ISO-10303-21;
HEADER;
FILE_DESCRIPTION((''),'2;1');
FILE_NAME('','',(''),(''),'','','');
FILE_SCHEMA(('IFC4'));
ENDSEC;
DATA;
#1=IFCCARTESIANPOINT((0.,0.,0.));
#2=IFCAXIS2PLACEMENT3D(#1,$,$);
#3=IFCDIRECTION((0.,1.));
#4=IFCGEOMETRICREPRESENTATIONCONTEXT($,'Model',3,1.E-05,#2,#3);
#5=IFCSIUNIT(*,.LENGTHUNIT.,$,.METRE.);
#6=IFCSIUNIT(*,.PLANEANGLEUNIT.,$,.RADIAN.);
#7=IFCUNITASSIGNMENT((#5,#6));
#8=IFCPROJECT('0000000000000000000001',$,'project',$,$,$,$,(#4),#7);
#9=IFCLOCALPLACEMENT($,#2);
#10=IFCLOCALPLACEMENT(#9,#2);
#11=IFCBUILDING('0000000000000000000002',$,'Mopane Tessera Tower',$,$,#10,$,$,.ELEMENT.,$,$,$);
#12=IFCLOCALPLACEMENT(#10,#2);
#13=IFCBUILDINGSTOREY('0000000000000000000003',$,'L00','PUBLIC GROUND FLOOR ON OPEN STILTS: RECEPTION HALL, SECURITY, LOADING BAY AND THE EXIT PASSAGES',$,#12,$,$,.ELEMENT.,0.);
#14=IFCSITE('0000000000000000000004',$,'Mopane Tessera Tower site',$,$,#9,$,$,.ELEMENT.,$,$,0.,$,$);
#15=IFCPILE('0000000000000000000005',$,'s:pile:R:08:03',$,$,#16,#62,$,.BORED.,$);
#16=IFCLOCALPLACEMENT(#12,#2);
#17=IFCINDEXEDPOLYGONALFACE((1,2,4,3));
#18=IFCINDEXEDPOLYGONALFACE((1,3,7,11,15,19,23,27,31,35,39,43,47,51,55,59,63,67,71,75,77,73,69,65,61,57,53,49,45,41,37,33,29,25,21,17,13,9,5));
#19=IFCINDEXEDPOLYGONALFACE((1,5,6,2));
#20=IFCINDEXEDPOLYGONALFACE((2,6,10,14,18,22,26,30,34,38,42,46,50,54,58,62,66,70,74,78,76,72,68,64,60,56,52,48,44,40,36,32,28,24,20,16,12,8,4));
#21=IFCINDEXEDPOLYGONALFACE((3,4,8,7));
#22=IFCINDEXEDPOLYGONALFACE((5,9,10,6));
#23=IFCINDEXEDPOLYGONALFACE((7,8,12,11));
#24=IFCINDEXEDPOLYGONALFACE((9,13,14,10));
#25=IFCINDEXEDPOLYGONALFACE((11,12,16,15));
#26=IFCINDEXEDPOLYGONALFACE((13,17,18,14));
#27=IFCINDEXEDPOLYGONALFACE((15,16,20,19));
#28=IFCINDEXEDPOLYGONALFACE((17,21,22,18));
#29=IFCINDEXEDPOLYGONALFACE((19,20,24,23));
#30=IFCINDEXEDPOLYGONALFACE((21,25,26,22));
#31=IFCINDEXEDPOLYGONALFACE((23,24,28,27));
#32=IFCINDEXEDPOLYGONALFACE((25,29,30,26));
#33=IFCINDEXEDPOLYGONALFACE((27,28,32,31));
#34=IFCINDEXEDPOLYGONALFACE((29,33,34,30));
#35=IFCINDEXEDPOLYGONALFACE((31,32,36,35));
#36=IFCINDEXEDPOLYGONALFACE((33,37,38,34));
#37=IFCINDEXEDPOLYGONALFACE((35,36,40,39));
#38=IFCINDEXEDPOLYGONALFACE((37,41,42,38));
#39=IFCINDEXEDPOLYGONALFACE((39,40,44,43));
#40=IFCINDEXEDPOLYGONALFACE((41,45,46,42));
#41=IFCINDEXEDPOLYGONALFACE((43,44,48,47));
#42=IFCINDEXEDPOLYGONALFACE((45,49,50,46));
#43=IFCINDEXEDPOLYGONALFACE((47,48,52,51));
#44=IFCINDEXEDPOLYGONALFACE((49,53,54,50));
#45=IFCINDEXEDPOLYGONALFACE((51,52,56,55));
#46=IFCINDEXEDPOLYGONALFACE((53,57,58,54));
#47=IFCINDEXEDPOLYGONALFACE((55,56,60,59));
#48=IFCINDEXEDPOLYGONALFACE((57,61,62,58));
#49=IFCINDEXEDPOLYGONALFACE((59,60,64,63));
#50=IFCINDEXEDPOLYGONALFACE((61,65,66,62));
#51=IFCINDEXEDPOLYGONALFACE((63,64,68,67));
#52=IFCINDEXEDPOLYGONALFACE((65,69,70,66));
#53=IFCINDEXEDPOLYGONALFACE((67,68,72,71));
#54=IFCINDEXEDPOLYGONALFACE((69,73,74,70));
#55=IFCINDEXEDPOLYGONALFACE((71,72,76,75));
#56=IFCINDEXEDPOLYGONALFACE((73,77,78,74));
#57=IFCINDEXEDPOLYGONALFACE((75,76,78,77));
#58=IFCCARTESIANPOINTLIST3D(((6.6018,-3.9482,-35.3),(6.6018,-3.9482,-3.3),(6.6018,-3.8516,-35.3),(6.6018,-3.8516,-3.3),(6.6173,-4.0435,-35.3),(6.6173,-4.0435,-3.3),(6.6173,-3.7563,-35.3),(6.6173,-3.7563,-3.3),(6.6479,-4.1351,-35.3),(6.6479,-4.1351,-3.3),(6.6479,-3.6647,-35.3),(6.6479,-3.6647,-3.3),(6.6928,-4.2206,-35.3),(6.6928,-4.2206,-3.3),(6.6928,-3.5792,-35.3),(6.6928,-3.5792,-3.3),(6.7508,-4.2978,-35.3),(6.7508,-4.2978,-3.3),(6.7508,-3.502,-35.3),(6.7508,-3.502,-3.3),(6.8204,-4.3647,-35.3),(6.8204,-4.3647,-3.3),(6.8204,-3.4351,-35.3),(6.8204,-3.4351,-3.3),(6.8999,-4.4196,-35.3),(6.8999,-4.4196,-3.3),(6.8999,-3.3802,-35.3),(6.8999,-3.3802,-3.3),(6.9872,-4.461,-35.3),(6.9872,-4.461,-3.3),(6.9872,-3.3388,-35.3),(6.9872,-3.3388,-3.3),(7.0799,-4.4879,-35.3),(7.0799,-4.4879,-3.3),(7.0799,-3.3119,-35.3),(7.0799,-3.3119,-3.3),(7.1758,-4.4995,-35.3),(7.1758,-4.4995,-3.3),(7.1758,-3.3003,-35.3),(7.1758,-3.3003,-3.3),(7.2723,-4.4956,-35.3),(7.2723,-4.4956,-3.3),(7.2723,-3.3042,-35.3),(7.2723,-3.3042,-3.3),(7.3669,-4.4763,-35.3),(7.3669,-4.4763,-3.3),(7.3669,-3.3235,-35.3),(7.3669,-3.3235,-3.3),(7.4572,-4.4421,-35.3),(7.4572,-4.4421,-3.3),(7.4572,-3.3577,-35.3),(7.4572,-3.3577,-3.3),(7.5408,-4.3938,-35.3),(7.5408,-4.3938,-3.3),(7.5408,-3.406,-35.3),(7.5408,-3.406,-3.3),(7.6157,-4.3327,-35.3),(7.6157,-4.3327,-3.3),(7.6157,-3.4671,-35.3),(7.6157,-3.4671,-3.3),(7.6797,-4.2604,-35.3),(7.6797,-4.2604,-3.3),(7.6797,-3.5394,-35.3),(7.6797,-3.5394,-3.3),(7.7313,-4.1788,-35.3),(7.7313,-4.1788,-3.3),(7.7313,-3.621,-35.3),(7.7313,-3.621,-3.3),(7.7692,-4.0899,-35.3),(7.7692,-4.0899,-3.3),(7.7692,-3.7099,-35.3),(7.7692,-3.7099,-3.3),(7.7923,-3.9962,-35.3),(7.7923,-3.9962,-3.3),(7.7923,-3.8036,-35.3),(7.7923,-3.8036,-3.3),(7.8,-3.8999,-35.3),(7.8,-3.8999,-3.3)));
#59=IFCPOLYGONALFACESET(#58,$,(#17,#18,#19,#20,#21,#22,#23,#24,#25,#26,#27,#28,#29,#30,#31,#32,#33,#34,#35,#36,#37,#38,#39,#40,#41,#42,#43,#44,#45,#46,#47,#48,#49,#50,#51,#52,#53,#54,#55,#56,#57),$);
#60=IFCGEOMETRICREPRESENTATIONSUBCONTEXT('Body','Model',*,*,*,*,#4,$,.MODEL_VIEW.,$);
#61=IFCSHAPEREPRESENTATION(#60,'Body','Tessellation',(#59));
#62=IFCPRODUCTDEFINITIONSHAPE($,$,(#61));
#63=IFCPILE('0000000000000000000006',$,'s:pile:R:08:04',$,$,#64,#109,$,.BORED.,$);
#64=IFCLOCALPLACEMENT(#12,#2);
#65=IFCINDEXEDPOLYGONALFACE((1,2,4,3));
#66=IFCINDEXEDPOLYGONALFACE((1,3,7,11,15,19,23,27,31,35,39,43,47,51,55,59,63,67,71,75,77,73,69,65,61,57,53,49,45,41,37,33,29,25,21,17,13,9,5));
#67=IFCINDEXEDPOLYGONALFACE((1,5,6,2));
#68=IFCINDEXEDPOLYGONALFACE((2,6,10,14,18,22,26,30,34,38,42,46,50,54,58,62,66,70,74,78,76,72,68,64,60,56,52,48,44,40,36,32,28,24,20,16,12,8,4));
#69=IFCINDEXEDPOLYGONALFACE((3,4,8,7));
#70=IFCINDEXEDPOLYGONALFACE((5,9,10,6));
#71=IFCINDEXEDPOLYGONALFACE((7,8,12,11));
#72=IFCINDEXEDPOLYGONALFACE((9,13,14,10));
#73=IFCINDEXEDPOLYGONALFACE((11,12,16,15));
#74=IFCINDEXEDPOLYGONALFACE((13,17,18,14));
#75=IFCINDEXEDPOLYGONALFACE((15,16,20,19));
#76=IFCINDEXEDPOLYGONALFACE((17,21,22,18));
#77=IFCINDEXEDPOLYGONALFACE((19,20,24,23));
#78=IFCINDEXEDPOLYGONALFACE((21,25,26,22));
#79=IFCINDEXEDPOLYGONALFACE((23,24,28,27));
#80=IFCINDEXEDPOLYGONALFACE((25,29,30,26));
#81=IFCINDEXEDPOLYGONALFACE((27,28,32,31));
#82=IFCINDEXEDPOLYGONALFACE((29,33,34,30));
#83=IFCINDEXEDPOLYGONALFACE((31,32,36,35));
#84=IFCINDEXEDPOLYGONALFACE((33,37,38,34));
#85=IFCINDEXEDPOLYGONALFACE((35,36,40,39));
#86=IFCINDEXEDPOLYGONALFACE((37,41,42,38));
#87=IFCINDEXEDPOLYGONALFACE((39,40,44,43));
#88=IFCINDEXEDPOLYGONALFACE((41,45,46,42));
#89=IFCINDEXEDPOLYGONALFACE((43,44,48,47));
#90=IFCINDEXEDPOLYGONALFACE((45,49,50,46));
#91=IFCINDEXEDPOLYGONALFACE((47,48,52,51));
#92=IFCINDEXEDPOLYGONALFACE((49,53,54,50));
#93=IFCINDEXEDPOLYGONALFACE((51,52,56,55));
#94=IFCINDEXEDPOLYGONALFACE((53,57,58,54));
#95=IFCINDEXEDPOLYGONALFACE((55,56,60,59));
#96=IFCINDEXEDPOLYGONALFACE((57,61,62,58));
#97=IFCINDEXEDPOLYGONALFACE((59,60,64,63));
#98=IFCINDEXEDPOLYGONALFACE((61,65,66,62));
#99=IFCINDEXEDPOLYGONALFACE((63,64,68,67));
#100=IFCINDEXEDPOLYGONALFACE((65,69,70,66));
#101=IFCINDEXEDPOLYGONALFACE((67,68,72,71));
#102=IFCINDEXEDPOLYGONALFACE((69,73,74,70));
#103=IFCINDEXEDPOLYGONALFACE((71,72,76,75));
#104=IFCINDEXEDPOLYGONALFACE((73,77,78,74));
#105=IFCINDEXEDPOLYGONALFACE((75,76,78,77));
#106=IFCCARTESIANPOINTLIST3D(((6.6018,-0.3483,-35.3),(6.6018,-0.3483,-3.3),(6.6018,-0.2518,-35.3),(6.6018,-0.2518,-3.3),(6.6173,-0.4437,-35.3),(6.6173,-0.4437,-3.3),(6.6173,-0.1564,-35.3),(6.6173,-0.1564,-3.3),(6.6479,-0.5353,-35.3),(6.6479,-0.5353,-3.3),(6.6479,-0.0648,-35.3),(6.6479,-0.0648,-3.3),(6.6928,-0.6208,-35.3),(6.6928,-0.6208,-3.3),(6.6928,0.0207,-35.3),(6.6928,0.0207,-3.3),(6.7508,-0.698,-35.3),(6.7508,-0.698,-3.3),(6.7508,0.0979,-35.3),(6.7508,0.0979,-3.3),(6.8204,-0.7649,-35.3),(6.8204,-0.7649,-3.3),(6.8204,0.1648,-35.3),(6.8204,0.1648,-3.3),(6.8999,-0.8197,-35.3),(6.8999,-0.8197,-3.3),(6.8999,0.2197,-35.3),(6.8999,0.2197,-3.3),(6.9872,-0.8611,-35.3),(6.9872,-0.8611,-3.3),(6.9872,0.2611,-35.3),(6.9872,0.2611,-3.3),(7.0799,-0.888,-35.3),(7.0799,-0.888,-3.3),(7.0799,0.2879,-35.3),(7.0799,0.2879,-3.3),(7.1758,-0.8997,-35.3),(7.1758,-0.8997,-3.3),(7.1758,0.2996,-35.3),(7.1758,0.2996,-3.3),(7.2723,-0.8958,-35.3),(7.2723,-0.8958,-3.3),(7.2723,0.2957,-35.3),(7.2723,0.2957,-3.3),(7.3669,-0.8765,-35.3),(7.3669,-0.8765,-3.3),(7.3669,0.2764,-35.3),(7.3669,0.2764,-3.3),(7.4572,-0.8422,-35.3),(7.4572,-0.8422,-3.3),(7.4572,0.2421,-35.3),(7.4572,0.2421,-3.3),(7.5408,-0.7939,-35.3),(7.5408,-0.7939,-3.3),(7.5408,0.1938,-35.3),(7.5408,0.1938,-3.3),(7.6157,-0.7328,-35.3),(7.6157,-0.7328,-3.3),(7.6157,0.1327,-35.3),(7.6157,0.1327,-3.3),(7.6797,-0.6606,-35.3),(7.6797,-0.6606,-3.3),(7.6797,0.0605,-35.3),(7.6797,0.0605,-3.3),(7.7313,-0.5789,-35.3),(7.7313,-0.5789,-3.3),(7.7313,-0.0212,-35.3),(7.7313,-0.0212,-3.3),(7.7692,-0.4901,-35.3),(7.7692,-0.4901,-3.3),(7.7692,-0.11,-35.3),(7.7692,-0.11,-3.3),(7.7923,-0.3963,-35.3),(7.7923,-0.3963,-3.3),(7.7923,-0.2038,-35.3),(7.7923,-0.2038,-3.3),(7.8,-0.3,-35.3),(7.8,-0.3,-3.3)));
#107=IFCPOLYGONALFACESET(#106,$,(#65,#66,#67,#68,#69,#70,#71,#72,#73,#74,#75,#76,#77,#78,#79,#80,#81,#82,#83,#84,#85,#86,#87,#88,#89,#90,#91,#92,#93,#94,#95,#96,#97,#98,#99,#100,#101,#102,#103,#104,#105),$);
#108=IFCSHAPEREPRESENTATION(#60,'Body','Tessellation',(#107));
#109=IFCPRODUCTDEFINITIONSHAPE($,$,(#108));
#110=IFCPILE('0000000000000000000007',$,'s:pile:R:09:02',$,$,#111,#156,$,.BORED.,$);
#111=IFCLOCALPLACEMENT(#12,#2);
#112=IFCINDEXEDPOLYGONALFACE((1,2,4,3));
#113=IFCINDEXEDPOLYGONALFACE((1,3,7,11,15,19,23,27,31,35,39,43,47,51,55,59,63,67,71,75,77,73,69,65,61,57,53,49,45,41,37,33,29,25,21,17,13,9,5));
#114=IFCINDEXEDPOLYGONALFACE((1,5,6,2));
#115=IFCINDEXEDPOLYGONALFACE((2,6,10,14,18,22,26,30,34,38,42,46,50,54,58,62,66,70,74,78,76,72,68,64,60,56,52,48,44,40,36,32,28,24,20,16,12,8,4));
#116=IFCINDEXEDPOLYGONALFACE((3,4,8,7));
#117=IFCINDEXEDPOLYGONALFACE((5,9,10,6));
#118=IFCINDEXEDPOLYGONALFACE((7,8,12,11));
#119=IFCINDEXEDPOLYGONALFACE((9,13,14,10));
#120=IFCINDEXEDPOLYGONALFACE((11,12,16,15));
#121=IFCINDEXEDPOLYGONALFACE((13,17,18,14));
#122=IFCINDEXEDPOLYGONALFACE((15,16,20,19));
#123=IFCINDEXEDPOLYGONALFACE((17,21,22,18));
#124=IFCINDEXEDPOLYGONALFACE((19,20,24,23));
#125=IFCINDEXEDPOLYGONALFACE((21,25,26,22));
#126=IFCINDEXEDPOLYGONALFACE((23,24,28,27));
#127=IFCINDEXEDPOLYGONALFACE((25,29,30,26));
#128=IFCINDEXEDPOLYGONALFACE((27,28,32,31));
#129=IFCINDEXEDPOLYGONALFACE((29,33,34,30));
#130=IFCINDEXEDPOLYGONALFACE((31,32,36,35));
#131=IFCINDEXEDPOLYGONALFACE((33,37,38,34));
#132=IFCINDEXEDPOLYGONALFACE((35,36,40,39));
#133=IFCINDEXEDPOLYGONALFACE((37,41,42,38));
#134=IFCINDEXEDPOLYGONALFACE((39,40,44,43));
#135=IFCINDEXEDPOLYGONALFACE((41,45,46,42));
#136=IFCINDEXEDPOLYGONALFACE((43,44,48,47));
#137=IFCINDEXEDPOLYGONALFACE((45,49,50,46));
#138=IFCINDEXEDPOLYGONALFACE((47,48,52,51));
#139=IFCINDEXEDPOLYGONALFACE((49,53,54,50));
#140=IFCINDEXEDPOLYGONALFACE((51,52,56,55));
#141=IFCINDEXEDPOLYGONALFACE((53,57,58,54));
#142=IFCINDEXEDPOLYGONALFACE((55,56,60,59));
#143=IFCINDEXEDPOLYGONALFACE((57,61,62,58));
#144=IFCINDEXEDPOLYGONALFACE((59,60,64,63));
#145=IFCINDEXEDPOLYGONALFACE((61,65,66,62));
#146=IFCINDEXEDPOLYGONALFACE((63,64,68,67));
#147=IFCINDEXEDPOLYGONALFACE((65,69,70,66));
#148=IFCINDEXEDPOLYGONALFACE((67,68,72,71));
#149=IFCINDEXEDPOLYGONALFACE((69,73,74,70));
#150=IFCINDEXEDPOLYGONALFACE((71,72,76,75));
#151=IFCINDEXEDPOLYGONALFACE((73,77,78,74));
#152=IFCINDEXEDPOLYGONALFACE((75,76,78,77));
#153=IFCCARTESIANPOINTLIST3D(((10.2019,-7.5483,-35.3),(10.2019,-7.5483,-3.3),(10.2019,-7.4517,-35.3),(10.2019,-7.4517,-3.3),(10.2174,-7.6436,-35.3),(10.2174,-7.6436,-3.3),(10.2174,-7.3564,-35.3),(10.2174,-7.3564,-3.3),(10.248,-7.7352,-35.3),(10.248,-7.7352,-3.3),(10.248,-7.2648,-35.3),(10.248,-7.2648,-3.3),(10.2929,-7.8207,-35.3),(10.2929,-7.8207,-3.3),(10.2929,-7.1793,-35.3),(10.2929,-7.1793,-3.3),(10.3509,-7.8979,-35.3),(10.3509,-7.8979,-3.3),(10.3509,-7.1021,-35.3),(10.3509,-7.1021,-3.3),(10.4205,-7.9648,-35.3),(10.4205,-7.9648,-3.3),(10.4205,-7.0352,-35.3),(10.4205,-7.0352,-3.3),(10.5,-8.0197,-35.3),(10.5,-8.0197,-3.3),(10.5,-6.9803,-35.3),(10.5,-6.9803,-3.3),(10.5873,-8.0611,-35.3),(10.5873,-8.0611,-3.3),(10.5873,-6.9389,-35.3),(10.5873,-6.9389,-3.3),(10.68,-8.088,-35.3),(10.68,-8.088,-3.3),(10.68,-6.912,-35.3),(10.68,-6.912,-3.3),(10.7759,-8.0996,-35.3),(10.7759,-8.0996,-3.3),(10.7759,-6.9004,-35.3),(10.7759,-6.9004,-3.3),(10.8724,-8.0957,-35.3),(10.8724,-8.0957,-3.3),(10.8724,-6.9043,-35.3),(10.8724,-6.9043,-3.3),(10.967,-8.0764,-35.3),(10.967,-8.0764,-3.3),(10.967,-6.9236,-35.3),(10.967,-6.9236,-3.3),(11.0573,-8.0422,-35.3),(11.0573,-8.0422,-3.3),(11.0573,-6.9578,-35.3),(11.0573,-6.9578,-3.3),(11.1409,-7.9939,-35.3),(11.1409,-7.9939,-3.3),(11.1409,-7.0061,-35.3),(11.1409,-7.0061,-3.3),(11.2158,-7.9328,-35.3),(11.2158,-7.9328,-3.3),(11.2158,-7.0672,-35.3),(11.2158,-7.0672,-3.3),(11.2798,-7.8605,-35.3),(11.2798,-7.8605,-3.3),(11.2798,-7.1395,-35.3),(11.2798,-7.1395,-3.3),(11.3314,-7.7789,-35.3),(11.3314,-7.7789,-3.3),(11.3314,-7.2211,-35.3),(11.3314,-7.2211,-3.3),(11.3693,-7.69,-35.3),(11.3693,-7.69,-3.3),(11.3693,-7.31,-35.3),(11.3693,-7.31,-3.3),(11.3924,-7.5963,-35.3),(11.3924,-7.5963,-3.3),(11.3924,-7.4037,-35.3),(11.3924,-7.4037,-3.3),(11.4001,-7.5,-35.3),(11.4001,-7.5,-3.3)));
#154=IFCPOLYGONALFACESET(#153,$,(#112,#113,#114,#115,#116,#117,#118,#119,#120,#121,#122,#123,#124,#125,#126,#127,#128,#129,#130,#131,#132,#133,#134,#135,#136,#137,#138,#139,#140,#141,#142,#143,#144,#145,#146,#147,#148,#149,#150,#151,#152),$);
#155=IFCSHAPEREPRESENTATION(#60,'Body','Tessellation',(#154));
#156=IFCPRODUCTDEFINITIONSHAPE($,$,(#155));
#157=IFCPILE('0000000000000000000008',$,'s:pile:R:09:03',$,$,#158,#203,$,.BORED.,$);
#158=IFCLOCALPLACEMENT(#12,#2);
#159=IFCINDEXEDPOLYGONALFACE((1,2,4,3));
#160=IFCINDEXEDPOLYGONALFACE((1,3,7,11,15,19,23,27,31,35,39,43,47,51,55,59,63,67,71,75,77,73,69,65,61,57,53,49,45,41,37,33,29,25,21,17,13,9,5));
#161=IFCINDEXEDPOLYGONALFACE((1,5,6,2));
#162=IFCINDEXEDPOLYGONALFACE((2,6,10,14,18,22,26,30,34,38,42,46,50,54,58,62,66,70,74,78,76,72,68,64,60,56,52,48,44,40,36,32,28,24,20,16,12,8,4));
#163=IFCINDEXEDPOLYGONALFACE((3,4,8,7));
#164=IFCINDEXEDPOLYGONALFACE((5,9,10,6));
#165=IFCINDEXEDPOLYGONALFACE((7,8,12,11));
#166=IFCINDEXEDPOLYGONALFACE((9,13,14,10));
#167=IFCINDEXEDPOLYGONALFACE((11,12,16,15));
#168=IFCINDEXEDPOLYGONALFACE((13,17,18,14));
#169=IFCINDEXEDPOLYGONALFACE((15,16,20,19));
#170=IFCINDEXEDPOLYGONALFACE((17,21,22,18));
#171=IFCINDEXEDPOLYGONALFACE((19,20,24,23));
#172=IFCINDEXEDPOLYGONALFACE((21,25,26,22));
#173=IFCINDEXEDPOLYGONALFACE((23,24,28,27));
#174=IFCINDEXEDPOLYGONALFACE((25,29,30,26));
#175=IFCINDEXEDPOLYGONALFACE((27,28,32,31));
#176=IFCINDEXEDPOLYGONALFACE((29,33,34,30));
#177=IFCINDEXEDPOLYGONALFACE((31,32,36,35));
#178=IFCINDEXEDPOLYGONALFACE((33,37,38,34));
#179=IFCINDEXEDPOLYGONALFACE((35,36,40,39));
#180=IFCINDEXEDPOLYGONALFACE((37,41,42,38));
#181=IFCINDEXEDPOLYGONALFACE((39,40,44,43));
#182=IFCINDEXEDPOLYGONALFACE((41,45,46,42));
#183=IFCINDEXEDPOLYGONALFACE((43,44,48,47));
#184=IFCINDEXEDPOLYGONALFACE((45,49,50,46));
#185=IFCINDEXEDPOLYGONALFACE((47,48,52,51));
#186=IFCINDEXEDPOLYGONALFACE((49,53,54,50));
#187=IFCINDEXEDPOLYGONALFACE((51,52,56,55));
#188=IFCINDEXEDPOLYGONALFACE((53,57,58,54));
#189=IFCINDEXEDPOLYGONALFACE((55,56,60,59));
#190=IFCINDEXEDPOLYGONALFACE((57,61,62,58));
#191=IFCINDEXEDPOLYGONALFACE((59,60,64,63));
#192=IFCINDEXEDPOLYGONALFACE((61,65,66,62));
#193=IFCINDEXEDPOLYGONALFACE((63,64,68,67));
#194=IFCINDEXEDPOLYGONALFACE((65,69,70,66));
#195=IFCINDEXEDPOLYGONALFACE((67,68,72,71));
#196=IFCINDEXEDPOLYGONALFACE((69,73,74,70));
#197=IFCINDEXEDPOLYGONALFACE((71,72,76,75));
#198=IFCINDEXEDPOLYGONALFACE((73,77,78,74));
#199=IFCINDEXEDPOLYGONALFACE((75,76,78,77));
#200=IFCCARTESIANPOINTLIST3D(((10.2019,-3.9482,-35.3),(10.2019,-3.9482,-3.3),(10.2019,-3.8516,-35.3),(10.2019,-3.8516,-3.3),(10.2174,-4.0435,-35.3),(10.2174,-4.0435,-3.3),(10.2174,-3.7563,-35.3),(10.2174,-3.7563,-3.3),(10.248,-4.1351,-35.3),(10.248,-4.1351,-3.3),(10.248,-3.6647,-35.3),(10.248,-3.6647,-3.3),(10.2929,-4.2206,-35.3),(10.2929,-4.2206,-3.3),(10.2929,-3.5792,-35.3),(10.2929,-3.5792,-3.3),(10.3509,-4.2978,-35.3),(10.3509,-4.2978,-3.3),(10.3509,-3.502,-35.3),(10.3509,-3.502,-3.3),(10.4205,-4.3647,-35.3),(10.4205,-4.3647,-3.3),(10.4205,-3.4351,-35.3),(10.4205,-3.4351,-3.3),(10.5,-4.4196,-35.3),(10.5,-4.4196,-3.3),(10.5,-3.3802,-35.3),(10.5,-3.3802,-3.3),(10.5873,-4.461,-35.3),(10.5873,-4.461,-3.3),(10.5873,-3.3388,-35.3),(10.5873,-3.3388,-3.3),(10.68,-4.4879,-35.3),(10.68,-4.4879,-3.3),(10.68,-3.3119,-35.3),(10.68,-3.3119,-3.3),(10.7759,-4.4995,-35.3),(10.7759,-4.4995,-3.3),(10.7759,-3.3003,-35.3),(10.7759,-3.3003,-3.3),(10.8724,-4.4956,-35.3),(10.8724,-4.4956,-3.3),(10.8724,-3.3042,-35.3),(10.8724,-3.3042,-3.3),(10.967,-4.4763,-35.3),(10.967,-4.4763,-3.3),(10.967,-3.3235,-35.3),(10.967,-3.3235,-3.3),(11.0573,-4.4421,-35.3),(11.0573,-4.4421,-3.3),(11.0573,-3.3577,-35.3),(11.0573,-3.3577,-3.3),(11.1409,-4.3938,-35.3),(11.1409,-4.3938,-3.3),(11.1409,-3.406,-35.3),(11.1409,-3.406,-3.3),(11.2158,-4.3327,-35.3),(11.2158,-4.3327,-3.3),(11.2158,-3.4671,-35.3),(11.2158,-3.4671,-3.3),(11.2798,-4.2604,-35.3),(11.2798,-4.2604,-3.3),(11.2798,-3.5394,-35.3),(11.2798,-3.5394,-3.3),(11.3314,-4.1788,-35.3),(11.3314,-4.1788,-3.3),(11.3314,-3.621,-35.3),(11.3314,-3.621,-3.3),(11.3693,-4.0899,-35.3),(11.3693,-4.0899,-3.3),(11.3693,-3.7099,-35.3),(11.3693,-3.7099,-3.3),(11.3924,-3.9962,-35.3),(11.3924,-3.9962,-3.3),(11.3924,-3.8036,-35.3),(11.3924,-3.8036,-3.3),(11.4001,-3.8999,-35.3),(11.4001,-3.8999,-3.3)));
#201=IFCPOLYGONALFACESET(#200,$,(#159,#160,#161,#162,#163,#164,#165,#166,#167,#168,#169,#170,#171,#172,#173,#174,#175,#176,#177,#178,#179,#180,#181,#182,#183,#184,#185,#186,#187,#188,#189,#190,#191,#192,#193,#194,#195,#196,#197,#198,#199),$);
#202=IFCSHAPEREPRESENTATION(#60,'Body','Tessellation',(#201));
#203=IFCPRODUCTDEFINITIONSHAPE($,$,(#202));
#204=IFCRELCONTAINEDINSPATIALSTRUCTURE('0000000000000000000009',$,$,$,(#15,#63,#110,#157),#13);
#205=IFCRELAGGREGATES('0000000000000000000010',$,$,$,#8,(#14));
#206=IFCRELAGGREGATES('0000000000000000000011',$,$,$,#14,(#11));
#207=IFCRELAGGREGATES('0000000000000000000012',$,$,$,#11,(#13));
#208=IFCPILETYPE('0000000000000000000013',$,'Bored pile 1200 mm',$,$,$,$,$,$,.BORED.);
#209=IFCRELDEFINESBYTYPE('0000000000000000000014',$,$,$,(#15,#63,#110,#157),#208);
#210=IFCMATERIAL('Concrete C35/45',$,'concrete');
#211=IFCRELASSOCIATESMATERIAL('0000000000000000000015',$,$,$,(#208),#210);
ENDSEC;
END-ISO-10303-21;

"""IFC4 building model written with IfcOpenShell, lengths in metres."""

from ifc_helpers import new_model, si_unit, direction, frame, origin, origin_2d, place, context, subcontext, project, spatial, circle, extrude, material, material_profile, profile_set, type_object, element, save


model = new_model("IFC4")

# Units and contexts
model_context = context("Model", 3, precision=1e-05, world=origin(), true_north=direction((0.0, 1.0)))
body_context = subcontext(model_context, "Body", "Model", "MODEL_VIEW")
ifc_project = project(units=[si_unit("LENGTHUNIT", "METRE"), si_unit("PLANEANGLEUNIT", "RADIAN")], contexts=[model_context])

# Site, building, storey
site_placement = place(None, origin())
site = spatial("IfcSite", under=ifc_project, at=site_placement, Name="Mopane Tessera Tower site", CompositionType="ELEMENT", RefElevation=0.0)
building_placement = place(site_placement, origin())
building = spatial("IfcBuilding", under=site, at=building_placement, Name="Mopane Tessera Tower", CompositionType="ELEMENT")
storey_placement = place(building_placement, origin())
storey = spatial("IfcBuildingStorey", under=building, at=storey_placement, Name="L00", Description="PUBLIC GROUND FLOOR ON OPEN STILTS: RECEPTION HALL, SECURITY, LOADING BAY AND THE EXIT PASSAGES", CompositionType="ELEMENT", Elevation=0.0)

# Piles
ifc_material_1 = material(Name="Concrete C35/45", Category="concrete")
ifc_material_profile = material_profile(ifc_material_1, circle(Radius=0.6001, at=origin_2d()))
ifc_profile_set = profile_set([ifc_material_profile], Name="Concrete C35/45")
pile_type = type_object("IfcPileType", Name="Bored pile 1200 mm", PredefinedType="BORED", material=ifc_profile_set)
for number, where, z_axis, x_axis, name in (
    (1, (7.2, -3.8999, -3.3), (0.0, 0.0, -1.0), (1.0, 0.0, 0.0), "s:pile:R:08:03"),
    (2, (7.2, -0.3, -3.3), (0.0, 0.0, -1.0), (1.0, 0.0, 0.0), "s:pile:R:08:04"),
    (3, (10.8, -7.5, -3.3), (0.0, 0.0, -1.0), (1.0, 0.0, 0.0), "s:pile:R:09:02"),
    (4, (10.8, -3.8999, -3.3), (0.0, 0.0, -1.0), (1.0, 0.0, 0.0), "s:pile:R:09:03"),
):
    element("IfcPile", number, at=place(storey_placement, frame(where, z_axis=z_axis, x_axis=x_axis)), inside=storey, type_object=pile_type, Name=name, PredefinedType="BORED", context=body_context, shape_type="SweptSolid", body=[
        extrude(circle(Radius=0.6001, at=origin_2d()), origin(), (0.0, 0.0, 1.0), 32.0),
    ])

save(model, "model.ifc")
